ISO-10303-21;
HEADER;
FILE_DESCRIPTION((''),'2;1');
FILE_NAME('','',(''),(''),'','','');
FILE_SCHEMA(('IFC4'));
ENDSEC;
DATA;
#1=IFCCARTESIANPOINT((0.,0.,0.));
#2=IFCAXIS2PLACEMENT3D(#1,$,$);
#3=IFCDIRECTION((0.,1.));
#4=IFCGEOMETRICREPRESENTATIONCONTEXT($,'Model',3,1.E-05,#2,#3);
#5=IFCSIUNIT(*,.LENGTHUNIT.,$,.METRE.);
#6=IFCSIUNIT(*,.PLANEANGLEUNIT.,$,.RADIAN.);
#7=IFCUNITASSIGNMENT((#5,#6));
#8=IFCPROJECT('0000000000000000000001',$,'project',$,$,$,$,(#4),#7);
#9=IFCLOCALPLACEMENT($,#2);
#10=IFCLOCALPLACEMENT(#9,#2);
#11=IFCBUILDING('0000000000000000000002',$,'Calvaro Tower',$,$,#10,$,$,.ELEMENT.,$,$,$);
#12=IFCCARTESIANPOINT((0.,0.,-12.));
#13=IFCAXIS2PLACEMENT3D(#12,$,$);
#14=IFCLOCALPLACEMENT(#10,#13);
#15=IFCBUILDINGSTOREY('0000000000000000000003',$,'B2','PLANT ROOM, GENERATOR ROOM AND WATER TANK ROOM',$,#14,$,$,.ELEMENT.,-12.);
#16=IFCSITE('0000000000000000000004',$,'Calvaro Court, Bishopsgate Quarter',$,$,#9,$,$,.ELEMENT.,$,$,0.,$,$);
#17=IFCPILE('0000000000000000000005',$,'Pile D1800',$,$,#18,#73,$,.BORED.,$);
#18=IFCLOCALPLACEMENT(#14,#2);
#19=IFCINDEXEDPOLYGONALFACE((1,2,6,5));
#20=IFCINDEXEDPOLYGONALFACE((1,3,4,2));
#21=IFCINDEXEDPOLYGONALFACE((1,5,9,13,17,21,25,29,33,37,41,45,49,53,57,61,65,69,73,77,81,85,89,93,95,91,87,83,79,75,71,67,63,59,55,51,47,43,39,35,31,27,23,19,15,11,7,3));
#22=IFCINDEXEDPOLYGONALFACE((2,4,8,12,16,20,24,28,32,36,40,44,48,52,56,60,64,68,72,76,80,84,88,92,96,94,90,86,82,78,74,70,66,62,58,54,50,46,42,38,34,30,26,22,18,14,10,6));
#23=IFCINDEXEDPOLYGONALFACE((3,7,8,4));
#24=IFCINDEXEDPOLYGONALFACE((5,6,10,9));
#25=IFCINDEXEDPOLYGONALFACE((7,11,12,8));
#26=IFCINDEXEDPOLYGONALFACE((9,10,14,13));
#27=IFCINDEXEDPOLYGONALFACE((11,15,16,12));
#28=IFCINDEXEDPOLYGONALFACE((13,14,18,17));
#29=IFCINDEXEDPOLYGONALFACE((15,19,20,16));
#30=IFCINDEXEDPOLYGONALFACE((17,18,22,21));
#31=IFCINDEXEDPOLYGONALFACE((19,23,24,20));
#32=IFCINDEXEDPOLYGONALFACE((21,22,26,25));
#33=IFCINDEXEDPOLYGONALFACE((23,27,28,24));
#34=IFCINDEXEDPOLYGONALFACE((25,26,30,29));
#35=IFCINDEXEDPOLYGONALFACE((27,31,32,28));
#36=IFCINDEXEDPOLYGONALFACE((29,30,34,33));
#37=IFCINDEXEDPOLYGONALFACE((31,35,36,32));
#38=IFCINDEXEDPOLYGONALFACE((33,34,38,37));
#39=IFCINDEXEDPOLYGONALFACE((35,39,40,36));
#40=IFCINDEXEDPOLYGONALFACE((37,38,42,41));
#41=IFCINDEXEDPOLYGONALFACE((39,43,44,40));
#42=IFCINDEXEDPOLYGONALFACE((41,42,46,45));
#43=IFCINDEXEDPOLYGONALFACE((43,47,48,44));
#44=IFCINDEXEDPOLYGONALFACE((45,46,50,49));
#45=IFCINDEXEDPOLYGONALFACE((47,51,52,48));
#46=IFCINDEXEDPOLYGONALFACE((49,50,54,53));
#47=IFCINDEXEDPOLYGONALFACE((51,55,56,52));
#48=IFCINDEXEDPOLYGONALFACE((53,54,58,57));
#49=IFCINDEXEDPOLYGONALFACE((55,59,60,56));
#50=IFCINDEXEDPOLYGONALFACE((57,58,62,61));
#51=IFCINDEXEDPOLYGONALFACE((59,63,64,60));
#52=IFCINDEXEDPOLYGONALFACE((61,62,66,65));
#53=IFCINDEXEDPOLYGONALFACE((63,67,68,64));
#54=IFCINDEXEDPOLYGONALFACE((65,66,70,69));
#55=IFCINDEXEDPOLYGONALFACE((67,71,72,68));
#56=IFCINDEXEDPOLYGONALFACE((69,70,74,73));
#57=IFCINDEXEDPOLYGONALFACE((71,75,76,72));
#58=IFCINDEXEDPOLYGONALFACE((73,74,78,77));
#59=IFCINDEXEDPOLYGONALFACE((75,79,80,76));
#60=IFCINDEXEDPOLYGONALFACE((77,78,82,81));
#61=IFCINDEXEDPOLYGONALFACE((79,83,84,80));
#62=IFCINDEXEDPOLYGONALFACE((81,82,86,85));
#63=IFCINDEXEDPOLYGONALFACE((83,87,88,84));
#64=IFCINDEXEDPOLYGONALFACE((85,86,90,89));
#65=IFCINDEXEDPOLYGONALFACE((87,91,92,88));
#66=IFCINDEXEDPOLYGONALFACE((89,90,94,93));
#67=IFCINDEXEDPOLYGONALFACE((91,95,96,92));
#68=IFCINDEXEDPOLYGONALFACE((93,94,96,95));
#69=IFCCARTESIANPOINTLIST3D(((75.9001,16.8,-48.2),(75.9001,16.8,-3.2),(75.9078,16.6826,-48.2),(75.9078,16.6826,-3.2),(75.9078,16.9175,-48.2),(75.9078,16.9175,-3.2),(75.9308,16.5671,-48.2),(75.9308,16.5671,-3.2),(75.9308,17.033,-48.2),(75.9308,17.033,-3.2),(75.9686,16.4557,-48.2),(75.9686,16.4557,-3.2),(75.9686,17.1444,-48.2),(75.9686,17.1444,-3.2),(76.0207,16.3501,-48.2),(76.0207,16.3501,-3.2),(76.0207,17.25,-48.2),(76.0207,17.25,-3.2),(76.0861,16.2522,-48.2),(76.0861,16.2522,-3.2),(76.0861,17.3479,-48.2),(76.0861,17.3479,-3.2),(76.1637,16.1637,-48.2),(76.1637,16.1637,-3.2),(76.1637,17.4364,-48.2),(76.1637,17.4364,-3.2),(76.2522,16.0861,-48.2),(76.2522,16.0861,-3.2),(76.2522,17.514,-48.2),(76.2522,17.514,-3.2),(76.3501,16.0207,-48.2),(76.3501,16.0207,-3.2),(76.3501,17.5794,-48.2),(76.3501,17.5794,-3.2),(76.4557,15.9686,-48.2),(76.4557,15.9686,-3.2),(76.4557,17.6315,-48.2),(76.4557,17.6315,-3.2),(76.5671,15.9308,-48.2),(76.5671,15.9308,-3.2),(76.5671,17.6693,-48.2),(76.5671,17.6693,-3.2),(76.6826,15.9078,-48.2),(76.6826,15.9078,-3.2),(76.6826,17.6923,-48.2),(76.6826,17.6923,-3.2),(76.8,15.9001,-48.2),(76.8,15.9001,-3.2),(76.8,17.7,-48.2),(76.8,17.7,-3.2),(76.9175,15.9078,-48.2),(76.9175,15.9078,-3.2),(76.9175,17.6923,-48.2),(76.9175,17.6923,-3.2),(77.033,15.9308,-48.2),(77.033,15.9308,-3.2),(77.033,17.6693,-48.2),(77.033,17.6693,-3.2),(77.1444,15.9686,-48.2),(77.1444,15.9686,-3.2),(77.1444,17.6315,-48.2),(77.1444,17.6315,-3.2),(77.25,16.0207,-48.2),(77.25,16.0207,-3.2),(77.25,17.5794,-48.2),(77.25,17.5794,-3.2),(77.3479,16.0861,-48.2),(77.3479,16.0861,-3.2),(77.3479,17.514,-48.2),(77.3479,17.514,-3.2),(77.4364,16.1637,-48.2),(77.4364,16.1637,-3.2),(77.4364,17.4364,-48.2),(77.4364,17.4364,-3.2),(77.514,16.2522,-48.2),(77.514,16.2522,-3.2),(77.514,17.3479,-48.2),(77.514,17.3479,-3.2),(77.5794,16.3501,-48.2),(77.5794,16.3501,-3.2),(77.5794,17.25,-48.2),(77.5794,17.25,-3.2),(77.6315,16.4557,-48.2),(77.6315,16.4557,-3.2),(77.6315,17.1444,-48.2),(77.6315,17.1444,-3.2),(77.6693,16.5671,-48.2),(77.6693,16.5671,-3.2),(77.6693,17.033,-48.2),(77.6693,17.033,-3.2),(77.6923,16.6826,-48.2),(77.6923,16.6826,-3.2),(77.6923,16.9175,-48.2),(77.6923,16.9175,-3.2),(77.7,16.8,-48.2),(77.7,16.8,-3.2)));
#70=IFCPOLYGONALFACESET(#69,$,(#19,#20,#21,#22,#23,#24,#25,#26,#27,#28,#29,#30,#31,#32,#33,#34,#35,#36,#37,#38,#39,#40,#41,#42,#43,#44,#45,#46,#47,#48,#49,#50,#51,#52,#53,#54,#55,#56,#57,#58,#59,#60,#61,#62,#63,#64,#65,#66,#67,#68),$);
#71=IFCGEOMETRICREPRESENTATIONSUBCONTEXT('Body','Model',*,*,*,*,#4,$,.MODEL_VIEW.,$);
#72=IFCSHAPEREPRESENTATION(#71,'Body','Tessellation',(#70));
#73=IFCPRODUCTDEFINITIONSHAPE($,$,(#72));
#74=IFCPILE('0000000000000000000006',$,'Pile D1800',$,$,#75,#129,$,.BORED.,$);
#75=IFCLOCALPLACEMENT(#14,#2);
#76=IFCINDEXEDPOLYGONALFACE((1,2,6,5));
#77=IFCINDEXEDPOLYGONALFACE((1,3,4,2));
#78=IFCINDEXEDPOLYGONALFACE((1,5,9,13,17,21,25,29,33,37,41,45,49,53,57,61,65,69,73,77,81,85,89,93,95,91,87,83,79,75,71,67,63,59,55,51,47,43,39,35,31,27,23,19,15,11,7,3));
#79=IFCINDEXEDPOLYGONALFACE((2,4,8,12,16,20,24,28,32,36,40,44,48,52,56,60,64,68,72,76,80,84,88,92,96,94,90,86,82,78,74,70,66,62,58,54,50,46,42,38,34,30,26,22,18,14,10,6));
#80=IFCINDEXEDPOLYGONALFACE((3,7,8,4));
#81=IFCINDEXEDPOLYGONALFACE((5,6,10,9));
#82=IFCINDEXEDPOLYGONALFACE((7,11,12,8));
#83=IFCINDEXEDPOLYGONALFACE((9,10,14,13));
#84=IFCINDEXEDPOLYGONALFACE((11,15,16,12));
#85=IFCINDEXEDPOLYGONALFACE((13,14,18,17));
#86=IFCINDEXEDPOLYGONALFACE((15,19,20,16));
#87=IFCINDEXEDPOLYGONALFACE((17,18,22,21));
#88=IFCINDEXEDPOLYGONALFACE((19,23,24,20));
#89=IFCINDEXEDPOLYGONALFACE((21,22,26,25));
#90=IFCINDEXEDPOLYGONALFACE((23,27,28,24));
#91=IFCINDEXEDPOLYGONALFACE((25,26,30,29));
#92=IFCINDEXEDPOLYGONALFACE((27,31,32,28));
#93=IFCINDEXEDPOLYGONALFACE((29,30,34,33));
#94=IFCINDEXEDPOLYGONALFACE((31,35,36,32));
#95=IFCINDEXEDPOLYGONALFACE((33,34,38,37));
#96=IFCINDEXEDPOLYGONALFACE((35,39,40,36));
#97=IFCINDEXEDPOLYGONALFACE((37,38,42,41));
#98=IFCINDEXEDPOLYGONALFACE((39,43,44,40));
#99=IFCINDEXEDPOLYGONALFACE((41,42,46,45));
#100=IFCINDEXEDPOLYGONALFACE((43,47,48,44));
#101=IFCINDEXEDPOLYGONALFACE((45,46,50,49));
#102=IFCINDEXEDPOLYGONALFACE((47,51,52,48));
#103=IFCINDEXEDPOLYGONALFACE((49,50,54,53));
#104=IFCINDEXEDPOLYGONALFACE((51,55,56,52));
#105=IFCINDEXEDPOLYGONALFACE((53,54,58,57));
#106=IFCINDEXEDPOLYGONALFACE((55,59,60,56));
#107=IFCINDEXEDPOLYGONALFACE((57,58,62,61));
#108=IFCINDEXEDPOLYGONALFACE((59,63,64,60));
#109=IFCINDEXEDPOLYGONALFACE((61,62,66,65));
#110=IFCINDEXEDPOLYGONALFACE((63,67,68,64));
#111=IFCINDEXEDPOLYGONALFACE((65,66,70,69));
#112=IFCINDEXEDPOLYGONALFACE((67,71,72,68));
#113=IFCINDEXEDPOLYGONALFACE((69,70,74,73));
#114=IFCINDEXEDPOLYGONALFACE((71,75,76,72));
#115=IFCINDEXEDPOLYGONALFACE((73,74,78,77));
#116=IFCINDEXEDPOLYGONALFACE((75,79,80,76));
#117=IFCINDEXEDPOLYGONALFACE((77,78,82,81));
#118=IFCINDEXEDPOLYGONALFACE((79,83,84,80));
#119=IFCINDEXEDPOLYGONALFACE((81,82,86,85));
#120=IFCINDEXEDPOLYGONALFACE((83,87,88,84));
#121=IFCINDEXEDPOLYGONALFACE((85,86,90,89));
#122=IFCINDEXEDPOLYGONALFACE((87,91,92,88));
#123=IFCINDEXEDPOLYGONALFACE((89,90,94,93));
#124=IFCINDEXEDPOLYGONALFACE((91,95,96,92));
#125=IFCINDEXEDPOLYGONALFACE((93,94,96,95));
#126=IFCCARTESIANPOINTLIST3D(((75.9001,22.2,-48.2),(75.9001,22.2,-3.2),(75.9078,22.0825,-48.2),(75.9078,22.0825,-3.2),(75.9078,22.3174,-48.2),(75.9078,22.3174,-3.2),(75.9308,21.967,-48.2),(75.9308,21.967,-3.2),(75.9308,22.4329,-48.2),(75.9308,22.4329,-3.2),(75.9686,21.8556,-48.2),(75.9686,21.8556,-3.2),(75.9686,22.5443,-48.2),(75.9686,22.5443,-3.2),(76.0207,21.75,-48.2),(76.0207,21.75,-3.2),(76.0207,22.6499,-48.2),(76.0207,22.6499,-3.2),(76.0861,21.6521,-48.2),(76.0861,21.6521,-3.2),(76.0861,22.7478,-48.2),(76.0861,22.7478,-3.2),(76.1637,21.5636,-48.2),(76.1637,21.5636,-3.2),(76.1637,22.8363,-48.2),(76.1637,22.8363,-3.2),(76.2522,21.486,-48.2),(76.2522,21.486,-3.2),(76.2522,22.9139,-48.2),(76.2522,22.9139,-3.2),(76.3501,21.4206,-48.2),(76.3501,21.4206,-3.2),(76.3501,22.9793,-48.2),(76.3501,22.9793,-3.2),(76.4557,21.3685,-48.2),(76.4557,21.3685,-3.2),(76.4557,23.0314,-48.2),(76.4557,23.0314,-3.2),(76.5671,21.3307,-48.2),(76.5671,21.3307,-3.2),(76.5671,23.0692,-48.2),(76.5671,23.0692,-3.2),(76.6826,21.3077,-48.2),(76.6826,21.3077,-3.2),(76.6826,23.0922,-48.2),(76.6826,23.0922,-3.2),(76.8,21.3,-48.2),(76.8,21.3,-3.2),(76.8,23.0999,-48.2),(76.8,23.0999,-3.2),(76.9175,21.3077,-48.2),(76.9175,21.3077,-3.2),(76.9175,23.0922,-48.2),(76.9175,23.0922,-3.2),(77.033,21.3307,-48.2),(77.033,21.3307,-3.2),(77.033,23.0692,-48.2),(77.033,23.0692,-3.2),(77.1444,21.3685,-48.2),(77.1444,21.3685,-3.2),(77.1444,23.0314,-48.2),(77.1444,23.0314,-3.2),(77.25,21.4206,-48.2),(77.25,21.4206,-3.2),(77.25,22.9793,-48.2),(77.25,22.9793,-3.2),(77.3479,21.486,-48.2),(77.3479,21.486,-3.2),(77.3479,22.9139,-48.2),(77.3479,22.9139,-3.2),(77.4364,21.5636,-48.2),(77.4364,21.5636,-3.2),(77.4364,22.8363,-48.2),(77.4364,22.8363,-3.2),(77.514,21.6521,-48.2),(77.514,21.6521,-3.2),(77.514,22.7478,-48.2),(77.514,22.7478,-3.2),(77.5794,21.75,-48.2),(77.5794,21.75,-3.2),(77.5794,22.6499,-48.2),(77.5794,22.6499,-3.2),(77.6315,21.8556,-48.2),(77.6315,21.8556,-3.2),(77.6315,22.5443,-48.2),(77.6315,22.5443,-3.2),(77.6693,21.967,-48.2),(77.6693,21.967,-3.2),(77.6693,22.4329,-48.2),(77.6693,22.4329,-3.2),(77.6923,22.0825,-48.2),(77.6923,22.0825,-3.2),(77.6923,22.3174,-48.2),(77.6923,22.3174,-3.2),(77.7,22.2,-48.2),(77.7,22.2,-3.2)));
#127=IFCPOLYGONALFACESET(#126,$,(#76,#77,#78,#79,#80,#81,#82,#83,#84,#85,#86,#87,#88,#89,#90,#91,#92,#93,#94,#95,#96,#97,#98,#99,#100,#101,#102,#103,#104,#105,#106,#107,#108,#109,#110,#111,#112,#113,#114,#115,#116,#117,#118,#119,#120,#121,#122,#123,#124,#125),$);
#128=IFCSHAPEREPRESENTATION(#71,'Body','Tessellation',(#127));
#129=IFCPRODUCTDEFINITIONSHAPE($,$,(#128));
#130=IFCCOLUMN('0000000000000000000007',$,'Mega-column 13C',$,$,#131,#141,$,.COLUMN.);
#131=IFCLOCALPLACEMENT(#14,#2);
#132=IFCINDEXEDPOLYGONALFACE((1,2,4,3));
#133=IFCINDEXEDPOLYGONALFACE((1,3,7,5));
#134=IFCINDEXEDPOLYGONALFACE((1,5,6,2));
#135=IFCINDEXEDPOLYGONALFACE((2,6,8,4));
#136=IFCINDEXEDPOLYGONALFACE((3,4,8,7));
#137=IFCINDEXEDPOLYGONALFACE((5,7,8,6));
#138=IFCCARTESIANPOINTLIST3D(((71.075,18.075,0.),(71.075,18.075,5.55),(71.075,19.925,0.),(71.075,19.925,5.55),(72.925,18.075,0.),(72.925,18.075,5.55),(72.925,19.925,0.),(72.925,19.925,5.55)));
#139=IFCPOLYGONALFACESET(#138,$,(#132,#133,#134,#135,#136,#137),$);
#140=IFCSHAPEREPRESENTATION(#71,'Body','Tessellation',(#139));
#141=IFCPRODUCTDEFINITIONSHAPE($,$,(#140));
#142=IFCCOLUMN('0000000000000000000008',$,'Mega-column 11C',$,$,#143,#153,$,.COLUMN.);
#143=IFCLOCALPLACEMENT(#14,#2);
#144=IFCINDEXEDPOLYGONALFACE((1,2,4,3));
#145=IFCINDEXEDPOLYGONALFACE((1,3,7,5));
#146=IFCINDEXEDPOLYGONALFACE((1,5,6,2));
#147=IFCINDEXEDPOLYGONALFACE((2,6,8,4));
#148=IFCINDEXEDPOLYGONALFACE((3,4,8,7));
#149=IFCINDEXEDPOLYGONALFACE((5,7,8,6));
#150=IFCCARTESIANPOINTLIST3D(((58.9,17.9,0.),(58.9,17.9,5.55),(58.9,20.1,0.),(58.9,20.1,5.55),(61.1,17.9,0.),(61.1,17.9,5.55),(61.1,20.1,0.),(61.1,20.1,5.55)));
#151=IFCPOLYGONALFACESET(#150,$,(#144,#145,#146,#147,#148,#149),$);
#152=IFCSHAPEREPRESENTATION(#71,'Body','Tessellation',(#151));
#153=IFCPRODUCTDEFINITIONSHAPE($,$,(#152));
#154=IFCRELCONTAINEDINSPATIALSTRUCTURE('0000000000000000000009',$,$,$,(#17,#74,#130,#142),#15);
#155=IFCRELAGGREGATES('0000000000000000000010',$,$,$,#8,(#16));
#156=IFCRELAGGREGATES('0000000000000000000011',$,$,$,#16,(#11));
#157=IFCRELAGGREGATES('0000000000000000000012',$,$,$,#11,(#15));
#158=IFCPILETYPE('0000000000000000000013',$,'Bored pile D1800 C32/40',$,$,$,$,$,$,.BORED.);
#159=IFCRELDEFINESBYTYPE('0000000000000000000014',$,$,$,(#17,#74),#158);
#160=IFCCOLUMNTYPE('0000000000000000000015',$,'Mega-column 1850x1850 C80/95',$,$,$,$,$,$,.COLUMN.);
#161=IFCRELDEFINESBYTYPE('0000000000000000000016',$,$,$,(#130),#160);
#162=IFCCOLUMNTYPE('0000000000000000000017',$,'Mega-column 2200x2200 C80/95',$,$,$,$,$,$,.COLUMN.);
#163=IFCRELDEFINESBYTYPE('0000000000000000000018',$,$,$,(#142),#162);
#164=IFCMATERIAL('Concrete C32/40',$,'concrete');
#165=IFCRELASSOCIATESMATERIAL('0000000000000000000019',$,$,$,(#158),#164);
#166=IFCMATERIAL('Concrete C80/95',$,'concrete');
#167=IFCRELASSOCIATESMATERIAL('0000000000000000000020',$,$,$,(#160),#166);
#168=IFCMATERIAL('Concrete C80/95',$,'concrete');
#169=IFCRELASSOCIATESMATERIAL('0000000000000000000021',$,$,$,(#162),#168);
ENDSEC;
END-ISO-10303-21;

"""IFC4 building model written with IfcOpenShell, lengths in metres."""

from ifc_helpers import new_model, si_unit, direction, frame, origin, origin_2d, place, context, subcontext, project, spatial, rectangle, circle, extrude, material, material_profile, profile_set, type_object, element, save


model = new_model("IFC4")

# Units and contexts
model_context = context("Model", 3, precision=1e-05, world=origin(), true_north=direction((0.0, 1.0)))
body_context = subcontext(model_context, "Body", "Model", "MODEL_VIEW")
ifc_project = project(units=[si_unit("LENGTHUNIT", "METRE"), si_unit("PLANEANGLEUNIT", "RADIAN")], contexts=[model_context])

# Site, building, storey
site_placement = place(None, origin())
site = spatial("IfcSite", under=ifc_project, at=site_placement, Name="Calvaro Court, Bishopsgate Quarter", CompositionType="ELEMENT", RefElevation=0.0)
building_placement = place(site_placement, origin())
building = spatial("IfcBuilding", under=site, at=building_placement, Name="Calvaro Tower", CompositionType="ELEMENT")
storey_placement = place(building_placement, frame((0.0, 0.0, -12.0)))
storey = spatial("IfcBuildingStorey", under=building, at=storey_placement, Name="B2", Description="PLANT ROOM, GENERATOR ROOM AND WATER TANK ROOM", CompositionType="ELEMENT", Elevation=-12.0)

# Piles
ifc_material_1 = material(Name="Concrete C32/40", Category="concrete")
ifc_material_profile_1 = material_profile(ifc_material_1, circle(Radius=0.8999, at=origin_2d()), Name="Bored pile D1800")
ifc_profile_set_1 = profile_set([ifc_material_profile_1], Name="Concrete C32/40")
pile_type = type_object("IfcPileType", Name="Bored pile D1800 C32/40", PredefinedType="BORED", material=ifc_profile_set_1)
for number, where, z_axis, x_axis, name in (
    (1, (76.8, 16.8, -3.2), (0.0, 0.0, -1.0), (1.0, 0.0, 0.0), "Pile D1800"),
    (2, (76.8, 22.2, -3.2), (0.0, 0.0, -1.0), (1.0, 0.0, 0.0), "Pile D1800"),
):
    element("IfcPile", number, at=place(storey_placement, frame(where, z_axis=z_axis, x_axis=x_axis)), inside=storey, type_object=pile_type, Name=name, PredefinedType="BORED", context=body_context, shape_type="SweptSolid", body=[
        extrude(circle(Radius=0.8999, at=origin_2d()), origin(), (0.0, 0.0, 1.0), 45.0),
    ])

# Columns
ifc_material_2 = material(Name="Concrete C80/95", Category="concrete")
ifc_material_profile_2 = material_profile(ifc_material_2, rectangle(XDim=1.8501, YDim=1.8501, at=origin_2d()), Name="RC 1850x1850")
ifc_profile_set_2 = profile_set([ifc_material_profile_2], Name="Concrete C80/95")
column_type_1 = type_object("IfcColumnType", Name="Mega-column 1850x1850 C80/95", PredefinedType="COLUMN", material=ifc_profile_set_2)
column_1_placement = place(storey_placement, frame((72.0, 19.0, 0.0), z_axis=(0.0, 0.0, 1.0), x_axis=(1.0, 0.0, 0.0)))
element("IfcColumn", 3, at=column_1_placement, inside=storey, type_object=column_type_1, Name="Mega-column 13C", PredefinedType="COLUMN", context=body_context, shape_type="SweptSolid", body=[
    extrude(rectangle(XDim=1.8501, YDim=1.8501, at=origin_2d()), origin(), (0.0, 0.0, 1.0), 5.55),
])
ifc_material_3 = material(Name="Concrete C80/95", Category="concrete")
ifc_material_profile_3 = material_profile(ifc_material_3, rectangle(XDim=2.2, YDim=2.2, at=origin_2d()), Name="RC 2200x2200")
ifc_profile_set_3 = profile_set([ifc_material_profile_3], Name="Concrete C80/95")
column_type_2 = type_object("IfcColumnType", Name="Mega-column 2200x2200 C80/95", PredefinedType="COLUMN", material=ifc_profile_set_3)
column_2_placement = place(storey_placement, frame((60.0, 19.0, 0.0), z_axis=(0.0, 0.0, 1.0), x_axis=(1.0, 0.0, 0.0)))
element("IfcColumn", 4, at=column_2_placement, inside=storey, type_object=column_type_2, Name="Mega-column 11C", PredefinedType="COLUMN", context=body_context, shape_type="SweptSolid", body=[
    extrude(rectangle(XDim=2.2, YDim=2.2, at=origin_2d()), origin(), (0.0, 0.0, 1.0), 5.55),
])

save(model, "model.ifc")
